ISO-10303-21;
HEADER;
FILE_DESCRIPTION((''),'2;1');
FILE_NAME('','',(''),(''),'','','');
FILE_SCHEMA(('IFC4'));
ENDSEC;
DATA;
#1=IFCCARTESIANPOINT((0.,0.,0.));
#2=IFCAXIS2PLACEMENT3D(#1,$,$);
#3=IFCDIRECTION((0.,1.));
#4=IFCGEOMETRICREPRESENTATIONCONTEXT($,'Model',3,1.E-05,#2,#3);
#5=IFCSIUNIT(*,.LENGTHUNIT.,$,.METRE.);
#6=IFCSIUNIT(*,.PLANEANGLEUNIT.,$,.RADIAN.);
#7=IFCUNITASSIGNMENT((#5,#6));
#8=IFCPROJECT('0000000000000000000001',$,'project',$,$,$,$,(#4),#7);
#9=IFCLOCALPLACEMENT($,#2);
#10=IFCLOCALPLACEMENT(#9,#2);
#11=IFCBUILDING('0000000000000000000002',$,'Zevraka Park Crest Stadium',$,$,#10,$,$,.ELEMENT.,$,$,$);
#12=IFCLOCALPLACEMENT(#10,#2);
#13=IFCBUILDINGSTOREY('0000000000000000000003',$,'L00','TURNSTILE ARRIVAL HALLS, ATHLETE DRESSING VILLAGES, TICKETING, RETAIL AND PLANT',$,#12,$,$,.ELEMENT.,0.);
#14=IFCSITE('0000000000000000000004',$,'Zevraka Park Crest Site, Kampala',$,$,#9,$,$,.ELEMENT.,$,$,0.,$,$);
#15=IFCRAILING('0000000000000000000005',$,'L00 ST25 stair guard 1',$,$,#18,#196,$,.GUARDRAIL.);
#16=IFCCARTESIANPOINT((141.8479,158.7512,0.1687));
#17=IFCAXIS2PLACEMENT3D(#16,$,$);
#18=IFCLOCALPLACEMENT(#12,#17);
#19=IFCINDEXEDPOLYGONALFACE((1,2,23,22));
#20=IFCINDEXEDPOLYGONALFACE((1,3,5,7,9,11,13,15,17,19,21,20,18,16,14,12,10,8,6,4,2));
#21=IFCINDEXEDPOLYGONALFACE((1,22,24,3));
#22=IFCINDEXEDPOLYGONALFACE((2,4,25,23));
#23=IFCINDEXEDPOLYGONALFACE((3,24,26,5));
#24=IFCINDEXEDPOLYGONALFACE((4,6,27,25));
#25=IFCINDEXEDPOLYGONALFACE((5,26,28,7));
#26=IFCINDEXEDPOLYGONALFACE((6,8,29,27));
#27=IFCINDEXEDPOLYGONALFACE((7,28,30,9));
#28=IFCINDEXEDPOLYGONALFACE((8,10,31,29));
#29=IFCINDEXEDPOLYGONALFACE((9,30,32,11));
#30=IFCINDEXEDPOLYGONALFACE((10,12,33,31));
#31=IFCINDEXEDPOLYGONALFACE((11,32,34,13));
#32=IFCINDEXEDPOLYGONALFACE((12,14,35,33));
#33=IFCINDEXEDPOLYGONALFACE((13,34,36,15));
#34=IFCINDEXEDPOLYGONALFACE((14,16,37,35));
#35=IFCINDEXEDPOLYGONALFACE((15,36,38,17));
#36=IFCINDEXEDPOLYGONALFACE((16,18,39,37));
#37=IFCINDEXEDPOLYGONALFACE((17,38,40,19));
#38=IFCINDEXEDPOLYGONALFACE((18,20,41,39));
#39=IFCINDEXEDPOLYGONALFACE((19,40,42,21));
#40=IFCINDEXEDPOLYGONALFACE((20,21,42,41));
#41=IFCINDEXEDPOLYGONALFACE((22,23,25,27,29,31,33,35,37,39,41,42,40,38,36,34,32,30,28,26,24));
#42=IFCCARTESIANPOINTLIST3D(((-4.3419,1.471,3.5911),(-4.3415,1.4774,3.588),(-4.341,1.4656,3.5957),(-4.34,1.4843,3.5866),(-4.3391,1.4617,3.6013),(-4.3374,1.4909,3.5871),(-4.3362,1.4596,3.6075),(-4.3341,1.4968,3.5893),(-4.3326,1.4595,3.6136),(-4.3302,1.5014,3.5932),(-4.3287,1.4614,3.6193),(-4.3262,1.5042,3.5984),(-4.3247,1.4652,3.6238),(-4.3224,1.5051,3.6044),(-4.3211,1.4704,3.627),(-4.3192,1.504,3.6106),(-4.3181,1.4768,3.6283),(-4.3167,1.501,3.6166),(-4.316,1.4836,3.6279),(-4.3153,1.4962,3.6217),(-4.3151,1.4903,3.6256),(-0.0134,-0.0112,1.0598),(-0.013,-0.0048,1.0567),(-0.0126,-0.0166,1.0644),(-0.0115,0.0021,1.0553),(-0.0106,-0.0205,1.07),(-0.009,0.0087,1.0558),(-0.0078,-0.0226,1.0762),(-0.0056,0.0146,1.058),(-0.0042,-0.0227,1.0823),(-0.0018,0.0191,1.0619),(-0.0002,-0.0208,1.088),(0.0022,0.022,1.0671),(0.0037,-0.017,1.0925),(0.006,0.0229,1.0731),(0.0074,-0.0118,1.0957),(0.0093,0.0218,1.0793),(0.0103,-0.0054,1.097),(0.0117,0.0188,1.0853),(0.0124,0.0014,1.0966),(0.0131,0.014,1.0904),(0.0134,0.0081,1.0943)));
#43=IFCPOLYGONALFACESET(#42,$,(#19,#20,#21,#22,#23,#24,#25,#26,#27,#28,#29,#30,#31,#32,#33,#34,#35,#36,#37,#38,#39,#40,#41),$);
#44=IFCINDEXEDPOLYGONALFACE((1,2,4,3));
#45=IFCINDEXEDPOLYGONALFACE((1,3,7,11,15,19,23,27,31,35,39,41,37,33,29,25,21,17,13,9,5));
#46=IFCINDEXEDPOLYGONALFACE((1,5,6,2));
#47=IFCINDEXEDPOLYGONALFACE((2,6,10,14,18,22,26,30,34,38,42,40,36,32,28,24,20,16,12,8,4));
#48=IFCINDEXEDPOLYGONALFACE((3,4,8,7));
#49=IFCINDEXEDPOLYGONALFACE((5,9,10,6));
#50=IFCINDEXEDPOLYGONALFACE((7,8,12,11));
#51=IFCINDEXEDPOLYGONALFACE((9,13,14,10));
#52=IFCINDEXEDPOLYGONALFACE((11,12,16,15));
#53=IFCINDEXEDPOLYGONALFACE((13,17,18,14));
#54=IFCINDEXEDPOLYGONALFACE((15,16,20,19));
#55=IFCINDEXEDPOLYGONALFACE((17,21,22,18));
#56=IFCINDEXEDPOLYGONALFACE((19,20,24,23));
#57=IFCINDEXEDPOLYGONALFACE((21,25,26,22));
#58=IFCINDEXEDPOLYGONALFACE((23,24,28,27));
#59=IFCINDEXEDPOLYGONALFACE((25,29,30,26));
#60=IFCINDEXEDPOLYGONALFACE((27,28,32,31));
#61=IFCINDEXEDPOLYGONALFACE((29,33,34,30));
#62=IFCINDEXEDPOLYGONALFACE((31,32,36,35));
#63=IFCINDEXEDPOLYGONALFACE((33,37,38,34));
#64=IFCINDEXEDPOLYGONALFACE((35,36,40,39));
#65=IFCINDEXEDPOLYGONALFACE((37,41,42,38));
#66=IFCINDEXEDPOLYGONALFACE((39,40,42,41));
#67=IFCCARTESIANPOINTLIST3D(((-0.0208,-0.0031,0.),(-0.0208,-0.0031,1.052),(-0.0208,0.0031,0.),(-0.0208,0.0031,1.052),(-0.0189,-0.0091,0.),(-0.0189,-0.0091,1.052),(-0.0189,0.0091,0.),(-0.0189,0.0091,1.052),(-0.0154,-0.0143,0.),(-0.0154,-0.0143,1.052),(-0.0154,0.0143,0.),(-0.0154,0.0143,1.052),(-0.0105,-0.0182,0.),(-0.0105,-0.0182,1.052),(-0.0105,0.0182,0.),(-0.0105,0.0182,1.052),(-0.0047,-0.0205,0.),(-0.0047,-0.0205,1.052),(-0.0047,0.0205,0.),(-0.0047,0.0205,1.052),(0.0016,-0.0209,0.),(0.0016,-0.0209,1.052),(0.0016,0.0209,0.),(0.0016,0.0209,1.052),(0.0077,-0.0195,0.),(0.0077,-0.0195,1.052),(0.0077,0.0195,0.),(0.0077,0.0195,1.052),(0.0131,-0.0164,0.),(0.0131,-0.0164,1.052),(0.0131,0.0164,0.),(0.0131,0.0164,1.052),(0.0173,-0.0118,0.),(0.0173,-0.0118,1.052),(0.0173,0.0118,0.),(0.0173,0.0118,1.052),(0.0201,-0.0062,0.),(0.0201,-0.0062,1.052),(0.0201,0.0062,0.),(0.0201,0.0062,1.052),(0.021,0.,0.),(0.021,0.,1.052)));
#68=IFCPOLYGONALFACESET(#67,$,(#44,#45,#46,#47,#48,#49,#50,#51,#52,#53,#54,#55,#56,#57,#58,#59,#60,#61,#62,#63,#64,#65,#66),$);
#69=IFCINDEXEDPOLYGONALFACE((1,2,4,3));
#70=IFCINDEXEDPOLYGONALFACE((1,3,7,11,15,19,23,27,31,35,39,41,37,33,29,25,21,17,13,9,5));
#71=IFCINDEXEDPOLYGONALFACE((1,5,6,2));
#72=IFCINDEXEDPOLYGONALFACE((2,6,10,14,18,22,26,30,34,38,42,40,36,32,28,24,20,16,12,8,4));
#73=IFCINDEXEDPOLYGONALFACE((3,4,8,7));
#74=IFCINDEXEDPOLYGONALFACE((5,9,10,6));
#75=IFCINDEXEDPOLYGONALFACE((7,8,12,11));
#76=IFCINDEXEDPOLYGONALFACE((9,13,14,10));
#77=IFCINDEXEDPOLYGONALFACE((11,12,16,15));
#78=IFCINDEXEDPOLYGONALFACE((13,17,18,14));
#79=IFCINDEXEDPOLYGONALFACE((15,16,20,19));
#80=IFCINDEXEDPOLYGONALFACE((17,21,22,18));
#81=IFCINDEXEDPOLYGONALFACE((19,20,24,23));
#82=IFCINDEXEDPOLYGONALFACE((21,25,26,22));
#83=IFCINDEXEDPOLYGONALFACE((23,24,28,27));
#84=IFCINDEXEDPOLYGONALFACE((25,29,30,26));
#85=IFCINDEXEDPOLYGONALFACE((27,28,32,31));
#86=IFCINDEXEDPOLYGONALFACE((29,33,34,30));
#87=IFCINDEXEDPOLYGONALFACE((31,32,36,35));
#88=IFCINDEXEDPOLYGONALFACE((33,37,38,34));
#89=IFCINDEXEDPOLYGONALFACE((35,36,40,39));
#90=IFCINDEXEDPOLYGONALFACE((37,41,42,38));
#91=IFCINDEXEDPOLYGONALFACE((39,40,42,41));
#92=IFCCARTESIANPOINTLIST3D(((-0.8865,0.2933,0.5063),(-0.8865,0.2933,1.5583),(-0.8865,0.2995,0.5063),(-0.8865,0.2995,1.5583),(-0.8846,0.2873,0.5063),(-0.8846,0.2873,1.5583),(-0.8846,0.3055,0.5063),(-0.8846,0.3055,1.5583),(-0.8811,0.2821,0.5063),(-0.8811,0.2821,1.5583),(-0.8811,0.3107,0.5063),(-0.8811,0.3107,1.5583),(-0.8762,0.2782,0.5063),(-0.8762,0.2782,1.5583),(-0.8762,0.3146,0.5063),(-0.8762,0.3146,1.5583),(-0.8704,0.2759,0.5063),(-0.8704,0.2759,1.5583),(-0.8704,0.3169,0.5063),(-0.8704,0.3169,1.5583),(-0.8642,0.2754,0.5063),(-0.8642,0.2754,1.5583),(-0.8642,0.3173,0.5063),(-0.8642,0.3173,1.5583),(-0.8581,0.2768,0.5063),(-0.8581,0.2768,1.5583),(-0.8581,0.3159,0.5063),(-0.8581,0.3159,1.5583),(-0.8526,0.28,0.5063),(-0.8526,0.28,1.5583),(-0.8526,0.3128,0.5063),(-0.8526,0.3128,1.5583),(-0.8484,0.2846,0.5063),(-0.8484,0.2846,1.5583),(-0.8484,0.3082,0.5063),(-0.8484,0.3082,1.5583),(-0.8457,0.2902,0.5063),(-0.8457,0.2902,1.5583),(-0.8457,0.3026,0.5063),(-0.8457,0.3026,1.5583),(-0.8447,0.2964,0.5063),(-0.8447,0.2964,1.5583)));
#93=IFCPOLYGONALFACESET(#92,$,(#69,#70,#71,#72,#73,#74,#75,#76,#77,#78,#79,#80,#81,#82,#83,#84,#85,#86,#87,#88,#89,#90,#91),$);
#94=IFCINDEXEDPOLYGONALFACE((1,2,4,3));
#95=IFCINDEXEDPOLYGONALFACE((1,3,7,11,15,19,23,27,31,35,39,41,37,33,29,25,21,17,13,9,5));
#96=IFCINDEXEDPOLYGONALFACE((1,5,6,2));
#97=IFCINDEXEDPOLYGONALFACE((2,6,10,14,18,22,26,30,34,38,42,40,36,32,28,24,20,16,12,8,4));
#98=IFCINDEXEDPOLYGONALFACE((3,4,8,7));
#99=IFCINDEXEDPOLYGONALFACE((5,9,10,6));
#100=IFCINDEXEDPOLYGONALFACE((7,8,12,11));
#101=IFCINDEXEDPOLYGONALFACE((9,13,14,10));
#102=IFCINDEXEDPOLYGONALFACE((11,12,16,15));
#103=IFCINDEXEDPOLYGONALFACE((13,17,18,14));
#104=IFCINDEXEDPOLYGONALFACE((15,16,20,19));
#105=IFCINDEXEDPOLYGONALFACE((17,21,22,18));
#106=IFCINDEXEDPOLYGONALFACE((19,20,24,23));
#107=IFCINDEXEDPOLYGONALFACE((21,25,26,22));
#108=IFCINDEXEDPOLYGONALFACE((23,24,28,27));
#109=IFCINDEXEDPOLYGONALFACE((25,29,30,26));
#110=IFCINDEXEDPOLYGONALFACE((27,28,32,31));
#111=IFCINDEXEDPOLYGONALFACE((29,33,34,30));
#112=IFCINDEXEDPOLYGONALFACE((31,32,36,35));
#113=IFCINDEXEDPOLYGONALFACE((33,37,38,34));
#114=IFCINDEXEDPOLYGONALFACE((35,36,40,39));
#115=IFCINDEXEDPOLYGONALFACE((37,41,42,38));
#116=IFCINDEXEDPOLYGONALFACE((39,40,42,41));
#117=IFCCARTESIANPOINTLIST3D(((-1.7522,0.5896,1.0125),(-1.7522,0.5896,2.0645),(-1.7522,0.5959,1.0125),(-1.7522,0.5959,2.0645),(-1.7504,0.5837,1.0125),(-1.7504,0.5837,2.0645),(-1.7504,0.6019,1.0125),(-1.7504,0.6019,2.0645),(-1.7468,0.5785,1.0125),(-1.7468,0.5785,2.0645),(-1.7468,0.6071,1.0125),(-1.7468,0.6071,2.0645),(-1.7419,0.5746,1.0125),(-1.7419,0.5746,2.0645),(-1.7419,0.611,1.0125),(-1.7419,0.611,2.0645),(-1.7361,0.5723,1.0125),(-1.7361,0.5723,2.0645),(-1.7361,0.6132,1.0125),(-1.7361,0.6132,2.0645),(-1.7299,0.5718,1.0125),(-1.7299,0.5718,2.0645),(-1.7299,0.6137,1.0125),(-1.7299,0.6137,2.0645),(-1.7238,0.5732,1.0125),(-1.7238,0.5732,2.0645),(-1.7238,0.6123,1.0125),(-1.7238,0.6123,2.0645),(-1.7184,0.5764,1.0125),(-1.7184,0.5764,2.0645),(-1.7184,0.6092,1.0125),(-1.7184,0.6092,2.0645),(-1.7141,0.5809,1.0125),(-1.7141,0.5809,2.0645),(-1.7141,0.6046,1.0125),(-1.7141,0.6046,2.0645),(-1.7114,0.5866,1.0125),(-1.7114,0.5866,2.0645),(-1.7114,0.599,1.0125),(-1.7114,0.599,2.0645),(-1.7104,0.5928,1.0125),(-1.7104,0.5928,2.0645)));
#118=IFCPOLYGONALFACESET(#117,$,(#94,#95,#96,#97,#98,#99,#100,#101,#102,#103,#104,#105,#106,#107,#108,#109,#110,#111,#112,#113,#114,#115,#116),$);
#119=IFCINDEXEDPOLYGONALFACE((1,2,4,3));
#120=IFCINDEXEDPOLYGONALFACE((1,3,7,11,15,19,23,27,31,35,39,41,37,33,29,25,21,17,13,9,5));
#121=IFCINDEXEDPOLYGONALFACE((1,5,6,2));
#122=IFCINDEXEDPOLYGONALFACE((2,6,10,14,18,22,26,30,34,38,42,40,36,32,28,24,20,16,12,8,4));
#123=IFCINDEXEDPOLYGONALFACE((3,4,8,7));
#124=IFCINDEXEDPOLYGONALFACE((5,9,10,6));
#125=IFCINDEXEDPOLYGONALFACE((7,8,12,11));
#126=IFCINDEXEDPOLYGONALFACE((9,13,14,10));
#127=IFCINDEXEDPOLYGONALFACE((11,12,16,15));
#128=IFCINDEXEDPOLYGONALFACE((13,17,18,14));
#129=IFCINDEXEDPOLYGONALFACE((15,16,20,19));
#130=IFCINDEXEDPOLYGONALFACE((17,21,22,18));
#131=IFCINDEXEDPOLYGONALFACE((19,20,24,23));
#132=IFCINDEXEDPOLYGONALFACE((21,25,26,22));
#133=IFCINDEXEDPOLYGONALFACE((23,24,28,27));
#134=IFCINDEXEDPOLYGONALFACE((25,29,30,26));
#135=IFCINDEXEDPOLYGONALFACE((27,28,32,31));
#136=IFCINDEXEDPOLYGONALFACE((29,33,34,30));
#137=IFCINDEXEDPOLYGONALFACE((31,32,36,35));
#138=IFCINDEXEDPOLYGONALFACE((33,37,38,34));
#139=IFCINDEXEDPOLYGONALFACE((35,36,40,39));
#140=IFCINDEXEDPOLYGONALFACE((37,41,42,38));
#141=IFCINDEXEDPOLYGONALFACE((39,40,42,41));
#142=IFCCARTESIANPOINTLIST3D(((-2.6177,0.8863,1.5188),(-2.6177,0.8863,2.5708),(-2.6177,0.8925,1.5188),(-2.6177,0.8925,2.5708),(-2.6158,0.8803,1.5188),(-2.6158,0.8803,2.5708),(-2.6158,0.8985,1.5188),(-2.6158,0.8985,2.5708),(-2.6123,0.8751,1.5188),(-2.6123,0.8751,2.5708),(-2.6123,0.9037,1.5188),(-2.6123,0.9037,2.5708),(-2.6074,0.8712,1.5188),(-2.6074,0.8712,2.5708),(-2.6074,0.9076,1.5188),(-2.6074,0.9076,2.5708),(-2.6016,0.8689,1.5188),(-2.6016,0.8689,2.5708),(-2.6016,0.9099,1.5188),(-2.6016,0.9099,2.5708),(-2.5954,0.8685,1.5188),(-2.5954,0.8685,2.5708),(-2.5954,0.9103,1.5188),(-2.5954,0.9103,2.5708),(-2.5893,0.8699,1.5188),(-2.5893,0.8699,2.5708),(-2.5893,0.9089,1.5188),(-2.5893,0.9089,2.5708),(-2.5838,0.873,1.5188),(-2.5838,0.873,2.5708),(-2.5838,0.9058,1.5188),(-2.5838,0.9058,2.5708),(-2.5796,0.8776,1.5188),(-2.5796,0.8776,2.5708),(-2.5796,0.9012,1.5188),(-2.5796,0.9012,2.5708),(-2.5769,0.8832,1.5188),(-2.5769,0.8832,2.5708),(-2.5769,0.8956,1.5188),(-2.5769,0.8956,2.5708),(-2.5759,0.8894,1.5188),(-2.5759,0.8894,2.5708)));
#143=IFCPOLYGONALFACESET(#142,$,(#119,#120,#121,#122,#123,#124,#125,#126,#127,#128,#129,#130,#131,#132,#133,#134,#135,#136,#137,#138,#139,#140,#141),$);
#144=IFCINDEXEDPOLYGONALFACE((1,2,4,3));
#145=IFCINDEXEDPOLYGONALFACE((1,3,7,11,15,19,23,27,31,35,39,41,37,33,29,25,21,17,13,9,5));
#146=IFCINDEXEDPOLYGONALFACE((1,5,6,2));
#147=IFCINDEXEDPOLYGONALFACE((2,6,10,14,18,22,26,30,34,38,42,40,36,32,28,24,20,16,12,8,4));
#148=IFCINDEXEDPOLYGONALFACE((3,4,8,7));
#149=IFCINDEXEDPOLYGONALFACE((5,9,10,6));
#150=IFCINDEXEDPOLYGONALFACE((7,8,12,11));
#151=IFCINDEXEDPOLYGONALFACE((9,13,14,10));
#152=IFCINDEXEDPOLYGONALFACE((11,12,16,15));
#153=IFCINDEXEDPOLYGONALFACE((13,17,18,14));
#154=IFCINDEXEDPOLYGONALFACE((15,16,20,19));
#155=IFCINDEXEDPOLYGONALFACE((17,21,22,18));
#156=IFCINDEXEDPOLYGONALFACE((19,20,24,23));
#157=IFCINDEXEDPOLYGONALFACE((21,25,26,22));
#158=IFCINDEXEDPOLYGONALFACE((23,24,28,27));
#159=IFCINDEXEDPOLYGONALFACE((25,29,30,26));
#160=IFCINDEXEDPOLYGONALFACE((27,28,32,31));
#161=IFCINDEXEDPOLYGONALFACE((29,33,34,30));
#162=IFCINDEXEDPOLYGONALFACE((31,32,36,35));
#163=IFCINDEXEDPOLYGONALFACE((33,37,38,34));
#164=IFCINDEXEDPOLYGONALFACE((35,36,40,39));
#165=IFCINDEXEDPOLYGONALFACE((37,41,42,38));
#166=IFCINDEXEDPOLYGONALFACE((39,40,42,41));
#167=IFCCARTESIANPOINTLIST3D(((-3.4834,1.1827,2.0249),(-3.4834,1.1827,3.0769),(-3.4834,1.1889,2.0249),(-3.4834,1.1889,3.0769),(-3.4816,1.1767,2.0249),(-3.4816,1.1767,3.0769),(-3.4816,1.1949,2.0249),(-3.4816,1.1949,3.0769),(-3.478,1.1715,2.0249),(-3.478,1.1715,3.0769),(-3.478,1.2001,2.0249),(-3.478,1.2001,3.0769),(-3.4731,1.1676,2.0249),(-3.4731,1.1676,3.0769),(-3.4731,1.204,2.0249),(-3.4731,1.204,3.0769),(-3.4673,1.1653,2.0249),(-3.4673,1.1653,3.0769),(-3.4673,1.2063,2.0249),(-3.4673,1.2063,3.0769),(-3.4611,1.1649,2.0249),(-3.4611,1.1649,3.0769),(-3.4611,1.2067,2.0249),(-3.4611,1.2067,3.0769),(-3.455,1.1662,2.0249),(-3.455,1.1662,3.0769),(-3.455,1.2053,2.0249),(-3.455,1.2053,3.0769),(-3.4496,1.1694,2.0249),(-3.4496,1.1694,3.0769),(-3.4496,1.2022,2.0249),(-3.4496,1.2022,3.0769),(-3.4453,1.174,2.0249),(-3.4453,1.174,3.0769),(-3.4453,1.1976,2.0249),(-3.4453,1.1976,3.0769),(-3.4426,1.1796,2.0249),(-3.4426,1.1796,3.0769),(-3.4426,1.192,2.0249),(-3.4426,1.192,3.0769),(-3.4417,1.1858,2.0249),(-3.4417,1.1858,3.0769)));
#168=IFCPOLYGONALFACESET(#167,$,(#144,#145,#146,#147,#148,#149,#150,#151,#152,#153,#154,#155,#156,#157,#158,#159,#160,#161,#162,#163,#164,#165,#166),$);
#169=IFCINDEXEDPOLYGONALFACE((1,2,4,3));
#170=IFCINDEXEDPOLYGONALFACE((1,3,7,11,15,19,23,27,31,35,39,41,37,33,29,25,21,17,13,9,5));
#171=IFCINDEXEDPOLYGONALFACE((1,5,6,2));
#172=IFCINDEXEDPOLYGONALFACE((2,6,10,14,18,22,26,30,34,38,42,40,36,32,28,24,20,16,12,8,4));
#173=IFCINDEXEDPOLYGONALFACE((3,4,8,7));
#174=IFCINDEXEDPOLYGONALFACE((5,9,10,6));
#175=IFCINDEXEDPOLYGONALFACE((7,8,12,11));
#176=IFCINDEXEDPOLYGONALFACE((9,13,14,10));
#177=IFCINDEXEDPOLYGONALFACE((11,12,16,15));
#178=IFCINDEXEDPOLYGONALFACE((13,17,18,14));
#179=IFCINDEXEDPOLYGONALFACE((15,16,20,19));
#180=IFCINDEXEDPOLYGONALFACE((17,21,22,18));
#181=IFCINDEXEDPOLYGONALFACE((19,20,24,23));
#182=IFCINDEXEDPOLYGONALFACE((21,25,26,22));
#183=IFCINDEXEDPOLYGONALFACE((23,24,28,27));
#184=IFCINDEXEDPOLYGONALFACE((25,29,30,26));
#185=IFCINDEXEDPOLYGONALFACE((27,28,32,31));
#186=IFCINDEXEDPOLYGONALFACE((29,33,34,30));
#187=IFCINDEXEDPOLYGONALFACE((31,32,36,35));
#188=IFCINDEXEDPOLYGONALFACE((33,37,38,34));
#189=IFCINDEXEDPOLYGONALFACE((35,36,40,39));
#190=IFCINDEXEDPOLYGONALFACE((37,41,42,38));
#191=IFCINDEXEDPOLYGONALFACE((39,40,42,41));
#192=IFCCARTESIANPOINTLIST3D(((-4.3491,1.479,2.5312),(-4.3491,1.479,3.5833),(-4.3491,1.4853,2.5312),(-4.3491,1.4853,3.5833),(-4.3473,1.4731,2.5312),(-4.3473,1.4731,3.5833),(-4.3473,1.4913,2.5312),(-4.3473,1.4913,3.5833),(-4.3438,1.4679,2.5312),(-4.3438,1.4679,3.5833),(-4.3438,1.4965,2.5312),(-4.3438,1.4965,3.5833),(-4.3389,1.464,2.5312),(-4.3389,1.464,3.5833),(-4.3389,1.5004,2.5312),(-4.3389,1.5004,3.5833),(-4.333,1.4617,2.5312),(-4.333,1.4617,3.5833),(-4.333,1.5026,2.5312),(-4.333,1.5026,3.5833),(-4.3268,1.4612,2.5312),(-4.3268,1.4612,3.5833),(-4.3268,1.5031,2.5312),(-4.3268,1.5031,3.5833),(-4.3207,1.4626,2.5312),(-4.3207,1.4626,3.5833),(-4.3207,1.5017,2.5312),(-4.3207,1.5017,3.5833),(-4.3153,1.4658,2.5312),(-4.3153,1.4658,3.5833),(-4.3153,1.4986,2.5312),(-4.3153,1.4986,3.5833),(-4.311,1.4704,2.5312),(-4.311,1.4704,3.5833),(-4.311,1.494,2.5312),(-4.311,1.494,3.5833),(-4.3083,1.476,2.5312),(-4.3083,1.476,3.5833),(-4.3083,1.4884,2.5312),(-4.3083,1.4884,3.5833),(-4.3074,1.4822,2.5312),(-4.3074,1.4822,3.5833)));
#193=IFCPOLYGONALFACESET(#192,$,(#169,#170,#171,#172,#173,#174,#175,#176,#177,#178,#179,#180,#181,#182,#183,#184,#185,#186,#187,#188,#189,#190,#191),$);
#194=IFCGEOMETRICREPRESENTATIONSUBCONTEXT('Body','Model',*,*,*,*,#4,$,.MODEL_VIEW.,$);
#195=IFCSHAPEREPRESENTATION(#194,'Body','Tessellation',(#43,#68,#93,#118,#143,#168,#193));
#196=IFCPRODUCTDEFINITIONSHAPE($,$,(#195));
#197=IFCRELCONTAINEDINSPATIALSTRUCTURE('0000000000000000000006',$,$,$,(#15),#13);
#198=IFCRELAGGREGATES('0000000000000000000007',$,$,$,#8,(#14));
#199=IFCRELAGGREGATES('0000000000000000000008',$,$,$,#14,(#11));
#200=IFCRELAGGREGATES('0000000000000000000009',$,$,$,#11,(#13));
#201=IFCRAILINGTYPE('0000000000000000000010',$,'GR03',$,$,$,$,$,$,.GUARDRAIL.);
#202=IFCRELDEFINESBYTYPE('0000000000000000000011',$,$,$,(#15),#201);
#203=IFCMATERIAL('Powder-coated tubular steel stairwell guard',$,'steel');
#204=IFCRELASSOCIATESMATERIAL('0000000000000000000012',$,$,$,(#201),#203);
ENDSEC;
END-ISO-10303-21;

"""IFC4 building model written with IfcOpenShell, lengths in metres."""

from ifc_helpers import new_model, si_unit, direction, frame, origin, origin_2d, place, context, subcontext, project, spatial, circle, extrude, material, type_object, element, save


model = new_model("IFC4")

# Units and contexts
model_context = context("Model", 3, precision=1e-05, world=origin(), true_north=direction((0.0, 1.0)))
body_context = subcontext(model_context, "Body", "Model", "MODEL_VIEW")
ifc_project = project(units=[si_unit("LENGTHUNIT", "METRE"), si_unit("PLANEANGLEUNIT", "RADIAN")], contexts=[model_context])

# Site, building, storey
site_placement = place(None, origin())
site = spatial("IfcSite", under=ifc_project, at=site_placement, Name="Zevraka Park Crest Site, Kampala", CompositionType="ELEMENT", RefElevation=0.0)
building_placement = place(site_placement, origin())
building = spatial("IfcBuilding", under=site, at=building_placement, Name="Zevraka Park Crest Stadium", CompositionType="ELEMENT")
storey_placement = place(building_placement, origin())
storey = spatial("IfcBuildingStorey", under=building, at=storey_placement, Name="L00", Description="TURNSTILE ARRIVAL HALLS, ATHLETE DRESSING VILLAGES, TICKETING, RETAIL AND PLANT", CompositionType="ELEMENT", Elevation=0.0)

# Railing
ifc_material_1 = material(Name="Powder-coated tubular steel stairwell guard", Category="steel")
railing_type_1 = type_object("IfcRailingType", Name="GR03", PredefinedType="GUARDRAIL", material=ifc_material_1)
railing_1_placement = place(storey_placement, frame((141.8479, 158.7512, 0.1687)))
element("IfcRailing", 1, at=railing_1_placement, inside=storey, type_object=railing_type_1, Name="L00 ST25 stair guard 1", PredefinedType="GUARDRAIL", context=body_context, shape_type="SweptSolid", body=[
    extrude(circle(Radius=0.0239, at=origin_2d()), frame((0.0, 0.0, 1.0762), z_axis=(-0.827817, 0.283472, 0.484111), x_axis=(-0.323965, -0.946069, 0.0)), (0.0, 0.0, 1.0), 5.2288),
    extrude(circle(Radius=0.021, at=origin_2d()), origin(), (0.0, 0.0, 1.0), 1.052),
    extrude(circle(Radius=0.021, at=origin_2d()), frame((-0.8657, 0.2964, 0.5063)), (0.0, 0.0, 1.0), 1.052),
    extrude(circle(Radius=0.021, at=origin_2d()), frame((-1.7314, 0.5928, 1.0125)), (0.0, 0.0, 1.0), 1.052),
    extrude(circle(Radius=0.021, at=origin_2d()), frame((-2.5969, 0.8894, 1.5188)), (0.0, 0.0, 1.0), 1.052),
    extrude(circle(Radius=0.021, at=origin_2d()), frame((-3.4626, 1.1858, 2.0249)), (0.0, 0.0, 1.0), 1.052),
    extrude(circle(Radius=0.021, at=origin_2d()), frame((-4.3284, 1.4822, 2.5312)), (0.0, 0.0, 1.0), 1.052),
])

save(model, "model.ifc")
